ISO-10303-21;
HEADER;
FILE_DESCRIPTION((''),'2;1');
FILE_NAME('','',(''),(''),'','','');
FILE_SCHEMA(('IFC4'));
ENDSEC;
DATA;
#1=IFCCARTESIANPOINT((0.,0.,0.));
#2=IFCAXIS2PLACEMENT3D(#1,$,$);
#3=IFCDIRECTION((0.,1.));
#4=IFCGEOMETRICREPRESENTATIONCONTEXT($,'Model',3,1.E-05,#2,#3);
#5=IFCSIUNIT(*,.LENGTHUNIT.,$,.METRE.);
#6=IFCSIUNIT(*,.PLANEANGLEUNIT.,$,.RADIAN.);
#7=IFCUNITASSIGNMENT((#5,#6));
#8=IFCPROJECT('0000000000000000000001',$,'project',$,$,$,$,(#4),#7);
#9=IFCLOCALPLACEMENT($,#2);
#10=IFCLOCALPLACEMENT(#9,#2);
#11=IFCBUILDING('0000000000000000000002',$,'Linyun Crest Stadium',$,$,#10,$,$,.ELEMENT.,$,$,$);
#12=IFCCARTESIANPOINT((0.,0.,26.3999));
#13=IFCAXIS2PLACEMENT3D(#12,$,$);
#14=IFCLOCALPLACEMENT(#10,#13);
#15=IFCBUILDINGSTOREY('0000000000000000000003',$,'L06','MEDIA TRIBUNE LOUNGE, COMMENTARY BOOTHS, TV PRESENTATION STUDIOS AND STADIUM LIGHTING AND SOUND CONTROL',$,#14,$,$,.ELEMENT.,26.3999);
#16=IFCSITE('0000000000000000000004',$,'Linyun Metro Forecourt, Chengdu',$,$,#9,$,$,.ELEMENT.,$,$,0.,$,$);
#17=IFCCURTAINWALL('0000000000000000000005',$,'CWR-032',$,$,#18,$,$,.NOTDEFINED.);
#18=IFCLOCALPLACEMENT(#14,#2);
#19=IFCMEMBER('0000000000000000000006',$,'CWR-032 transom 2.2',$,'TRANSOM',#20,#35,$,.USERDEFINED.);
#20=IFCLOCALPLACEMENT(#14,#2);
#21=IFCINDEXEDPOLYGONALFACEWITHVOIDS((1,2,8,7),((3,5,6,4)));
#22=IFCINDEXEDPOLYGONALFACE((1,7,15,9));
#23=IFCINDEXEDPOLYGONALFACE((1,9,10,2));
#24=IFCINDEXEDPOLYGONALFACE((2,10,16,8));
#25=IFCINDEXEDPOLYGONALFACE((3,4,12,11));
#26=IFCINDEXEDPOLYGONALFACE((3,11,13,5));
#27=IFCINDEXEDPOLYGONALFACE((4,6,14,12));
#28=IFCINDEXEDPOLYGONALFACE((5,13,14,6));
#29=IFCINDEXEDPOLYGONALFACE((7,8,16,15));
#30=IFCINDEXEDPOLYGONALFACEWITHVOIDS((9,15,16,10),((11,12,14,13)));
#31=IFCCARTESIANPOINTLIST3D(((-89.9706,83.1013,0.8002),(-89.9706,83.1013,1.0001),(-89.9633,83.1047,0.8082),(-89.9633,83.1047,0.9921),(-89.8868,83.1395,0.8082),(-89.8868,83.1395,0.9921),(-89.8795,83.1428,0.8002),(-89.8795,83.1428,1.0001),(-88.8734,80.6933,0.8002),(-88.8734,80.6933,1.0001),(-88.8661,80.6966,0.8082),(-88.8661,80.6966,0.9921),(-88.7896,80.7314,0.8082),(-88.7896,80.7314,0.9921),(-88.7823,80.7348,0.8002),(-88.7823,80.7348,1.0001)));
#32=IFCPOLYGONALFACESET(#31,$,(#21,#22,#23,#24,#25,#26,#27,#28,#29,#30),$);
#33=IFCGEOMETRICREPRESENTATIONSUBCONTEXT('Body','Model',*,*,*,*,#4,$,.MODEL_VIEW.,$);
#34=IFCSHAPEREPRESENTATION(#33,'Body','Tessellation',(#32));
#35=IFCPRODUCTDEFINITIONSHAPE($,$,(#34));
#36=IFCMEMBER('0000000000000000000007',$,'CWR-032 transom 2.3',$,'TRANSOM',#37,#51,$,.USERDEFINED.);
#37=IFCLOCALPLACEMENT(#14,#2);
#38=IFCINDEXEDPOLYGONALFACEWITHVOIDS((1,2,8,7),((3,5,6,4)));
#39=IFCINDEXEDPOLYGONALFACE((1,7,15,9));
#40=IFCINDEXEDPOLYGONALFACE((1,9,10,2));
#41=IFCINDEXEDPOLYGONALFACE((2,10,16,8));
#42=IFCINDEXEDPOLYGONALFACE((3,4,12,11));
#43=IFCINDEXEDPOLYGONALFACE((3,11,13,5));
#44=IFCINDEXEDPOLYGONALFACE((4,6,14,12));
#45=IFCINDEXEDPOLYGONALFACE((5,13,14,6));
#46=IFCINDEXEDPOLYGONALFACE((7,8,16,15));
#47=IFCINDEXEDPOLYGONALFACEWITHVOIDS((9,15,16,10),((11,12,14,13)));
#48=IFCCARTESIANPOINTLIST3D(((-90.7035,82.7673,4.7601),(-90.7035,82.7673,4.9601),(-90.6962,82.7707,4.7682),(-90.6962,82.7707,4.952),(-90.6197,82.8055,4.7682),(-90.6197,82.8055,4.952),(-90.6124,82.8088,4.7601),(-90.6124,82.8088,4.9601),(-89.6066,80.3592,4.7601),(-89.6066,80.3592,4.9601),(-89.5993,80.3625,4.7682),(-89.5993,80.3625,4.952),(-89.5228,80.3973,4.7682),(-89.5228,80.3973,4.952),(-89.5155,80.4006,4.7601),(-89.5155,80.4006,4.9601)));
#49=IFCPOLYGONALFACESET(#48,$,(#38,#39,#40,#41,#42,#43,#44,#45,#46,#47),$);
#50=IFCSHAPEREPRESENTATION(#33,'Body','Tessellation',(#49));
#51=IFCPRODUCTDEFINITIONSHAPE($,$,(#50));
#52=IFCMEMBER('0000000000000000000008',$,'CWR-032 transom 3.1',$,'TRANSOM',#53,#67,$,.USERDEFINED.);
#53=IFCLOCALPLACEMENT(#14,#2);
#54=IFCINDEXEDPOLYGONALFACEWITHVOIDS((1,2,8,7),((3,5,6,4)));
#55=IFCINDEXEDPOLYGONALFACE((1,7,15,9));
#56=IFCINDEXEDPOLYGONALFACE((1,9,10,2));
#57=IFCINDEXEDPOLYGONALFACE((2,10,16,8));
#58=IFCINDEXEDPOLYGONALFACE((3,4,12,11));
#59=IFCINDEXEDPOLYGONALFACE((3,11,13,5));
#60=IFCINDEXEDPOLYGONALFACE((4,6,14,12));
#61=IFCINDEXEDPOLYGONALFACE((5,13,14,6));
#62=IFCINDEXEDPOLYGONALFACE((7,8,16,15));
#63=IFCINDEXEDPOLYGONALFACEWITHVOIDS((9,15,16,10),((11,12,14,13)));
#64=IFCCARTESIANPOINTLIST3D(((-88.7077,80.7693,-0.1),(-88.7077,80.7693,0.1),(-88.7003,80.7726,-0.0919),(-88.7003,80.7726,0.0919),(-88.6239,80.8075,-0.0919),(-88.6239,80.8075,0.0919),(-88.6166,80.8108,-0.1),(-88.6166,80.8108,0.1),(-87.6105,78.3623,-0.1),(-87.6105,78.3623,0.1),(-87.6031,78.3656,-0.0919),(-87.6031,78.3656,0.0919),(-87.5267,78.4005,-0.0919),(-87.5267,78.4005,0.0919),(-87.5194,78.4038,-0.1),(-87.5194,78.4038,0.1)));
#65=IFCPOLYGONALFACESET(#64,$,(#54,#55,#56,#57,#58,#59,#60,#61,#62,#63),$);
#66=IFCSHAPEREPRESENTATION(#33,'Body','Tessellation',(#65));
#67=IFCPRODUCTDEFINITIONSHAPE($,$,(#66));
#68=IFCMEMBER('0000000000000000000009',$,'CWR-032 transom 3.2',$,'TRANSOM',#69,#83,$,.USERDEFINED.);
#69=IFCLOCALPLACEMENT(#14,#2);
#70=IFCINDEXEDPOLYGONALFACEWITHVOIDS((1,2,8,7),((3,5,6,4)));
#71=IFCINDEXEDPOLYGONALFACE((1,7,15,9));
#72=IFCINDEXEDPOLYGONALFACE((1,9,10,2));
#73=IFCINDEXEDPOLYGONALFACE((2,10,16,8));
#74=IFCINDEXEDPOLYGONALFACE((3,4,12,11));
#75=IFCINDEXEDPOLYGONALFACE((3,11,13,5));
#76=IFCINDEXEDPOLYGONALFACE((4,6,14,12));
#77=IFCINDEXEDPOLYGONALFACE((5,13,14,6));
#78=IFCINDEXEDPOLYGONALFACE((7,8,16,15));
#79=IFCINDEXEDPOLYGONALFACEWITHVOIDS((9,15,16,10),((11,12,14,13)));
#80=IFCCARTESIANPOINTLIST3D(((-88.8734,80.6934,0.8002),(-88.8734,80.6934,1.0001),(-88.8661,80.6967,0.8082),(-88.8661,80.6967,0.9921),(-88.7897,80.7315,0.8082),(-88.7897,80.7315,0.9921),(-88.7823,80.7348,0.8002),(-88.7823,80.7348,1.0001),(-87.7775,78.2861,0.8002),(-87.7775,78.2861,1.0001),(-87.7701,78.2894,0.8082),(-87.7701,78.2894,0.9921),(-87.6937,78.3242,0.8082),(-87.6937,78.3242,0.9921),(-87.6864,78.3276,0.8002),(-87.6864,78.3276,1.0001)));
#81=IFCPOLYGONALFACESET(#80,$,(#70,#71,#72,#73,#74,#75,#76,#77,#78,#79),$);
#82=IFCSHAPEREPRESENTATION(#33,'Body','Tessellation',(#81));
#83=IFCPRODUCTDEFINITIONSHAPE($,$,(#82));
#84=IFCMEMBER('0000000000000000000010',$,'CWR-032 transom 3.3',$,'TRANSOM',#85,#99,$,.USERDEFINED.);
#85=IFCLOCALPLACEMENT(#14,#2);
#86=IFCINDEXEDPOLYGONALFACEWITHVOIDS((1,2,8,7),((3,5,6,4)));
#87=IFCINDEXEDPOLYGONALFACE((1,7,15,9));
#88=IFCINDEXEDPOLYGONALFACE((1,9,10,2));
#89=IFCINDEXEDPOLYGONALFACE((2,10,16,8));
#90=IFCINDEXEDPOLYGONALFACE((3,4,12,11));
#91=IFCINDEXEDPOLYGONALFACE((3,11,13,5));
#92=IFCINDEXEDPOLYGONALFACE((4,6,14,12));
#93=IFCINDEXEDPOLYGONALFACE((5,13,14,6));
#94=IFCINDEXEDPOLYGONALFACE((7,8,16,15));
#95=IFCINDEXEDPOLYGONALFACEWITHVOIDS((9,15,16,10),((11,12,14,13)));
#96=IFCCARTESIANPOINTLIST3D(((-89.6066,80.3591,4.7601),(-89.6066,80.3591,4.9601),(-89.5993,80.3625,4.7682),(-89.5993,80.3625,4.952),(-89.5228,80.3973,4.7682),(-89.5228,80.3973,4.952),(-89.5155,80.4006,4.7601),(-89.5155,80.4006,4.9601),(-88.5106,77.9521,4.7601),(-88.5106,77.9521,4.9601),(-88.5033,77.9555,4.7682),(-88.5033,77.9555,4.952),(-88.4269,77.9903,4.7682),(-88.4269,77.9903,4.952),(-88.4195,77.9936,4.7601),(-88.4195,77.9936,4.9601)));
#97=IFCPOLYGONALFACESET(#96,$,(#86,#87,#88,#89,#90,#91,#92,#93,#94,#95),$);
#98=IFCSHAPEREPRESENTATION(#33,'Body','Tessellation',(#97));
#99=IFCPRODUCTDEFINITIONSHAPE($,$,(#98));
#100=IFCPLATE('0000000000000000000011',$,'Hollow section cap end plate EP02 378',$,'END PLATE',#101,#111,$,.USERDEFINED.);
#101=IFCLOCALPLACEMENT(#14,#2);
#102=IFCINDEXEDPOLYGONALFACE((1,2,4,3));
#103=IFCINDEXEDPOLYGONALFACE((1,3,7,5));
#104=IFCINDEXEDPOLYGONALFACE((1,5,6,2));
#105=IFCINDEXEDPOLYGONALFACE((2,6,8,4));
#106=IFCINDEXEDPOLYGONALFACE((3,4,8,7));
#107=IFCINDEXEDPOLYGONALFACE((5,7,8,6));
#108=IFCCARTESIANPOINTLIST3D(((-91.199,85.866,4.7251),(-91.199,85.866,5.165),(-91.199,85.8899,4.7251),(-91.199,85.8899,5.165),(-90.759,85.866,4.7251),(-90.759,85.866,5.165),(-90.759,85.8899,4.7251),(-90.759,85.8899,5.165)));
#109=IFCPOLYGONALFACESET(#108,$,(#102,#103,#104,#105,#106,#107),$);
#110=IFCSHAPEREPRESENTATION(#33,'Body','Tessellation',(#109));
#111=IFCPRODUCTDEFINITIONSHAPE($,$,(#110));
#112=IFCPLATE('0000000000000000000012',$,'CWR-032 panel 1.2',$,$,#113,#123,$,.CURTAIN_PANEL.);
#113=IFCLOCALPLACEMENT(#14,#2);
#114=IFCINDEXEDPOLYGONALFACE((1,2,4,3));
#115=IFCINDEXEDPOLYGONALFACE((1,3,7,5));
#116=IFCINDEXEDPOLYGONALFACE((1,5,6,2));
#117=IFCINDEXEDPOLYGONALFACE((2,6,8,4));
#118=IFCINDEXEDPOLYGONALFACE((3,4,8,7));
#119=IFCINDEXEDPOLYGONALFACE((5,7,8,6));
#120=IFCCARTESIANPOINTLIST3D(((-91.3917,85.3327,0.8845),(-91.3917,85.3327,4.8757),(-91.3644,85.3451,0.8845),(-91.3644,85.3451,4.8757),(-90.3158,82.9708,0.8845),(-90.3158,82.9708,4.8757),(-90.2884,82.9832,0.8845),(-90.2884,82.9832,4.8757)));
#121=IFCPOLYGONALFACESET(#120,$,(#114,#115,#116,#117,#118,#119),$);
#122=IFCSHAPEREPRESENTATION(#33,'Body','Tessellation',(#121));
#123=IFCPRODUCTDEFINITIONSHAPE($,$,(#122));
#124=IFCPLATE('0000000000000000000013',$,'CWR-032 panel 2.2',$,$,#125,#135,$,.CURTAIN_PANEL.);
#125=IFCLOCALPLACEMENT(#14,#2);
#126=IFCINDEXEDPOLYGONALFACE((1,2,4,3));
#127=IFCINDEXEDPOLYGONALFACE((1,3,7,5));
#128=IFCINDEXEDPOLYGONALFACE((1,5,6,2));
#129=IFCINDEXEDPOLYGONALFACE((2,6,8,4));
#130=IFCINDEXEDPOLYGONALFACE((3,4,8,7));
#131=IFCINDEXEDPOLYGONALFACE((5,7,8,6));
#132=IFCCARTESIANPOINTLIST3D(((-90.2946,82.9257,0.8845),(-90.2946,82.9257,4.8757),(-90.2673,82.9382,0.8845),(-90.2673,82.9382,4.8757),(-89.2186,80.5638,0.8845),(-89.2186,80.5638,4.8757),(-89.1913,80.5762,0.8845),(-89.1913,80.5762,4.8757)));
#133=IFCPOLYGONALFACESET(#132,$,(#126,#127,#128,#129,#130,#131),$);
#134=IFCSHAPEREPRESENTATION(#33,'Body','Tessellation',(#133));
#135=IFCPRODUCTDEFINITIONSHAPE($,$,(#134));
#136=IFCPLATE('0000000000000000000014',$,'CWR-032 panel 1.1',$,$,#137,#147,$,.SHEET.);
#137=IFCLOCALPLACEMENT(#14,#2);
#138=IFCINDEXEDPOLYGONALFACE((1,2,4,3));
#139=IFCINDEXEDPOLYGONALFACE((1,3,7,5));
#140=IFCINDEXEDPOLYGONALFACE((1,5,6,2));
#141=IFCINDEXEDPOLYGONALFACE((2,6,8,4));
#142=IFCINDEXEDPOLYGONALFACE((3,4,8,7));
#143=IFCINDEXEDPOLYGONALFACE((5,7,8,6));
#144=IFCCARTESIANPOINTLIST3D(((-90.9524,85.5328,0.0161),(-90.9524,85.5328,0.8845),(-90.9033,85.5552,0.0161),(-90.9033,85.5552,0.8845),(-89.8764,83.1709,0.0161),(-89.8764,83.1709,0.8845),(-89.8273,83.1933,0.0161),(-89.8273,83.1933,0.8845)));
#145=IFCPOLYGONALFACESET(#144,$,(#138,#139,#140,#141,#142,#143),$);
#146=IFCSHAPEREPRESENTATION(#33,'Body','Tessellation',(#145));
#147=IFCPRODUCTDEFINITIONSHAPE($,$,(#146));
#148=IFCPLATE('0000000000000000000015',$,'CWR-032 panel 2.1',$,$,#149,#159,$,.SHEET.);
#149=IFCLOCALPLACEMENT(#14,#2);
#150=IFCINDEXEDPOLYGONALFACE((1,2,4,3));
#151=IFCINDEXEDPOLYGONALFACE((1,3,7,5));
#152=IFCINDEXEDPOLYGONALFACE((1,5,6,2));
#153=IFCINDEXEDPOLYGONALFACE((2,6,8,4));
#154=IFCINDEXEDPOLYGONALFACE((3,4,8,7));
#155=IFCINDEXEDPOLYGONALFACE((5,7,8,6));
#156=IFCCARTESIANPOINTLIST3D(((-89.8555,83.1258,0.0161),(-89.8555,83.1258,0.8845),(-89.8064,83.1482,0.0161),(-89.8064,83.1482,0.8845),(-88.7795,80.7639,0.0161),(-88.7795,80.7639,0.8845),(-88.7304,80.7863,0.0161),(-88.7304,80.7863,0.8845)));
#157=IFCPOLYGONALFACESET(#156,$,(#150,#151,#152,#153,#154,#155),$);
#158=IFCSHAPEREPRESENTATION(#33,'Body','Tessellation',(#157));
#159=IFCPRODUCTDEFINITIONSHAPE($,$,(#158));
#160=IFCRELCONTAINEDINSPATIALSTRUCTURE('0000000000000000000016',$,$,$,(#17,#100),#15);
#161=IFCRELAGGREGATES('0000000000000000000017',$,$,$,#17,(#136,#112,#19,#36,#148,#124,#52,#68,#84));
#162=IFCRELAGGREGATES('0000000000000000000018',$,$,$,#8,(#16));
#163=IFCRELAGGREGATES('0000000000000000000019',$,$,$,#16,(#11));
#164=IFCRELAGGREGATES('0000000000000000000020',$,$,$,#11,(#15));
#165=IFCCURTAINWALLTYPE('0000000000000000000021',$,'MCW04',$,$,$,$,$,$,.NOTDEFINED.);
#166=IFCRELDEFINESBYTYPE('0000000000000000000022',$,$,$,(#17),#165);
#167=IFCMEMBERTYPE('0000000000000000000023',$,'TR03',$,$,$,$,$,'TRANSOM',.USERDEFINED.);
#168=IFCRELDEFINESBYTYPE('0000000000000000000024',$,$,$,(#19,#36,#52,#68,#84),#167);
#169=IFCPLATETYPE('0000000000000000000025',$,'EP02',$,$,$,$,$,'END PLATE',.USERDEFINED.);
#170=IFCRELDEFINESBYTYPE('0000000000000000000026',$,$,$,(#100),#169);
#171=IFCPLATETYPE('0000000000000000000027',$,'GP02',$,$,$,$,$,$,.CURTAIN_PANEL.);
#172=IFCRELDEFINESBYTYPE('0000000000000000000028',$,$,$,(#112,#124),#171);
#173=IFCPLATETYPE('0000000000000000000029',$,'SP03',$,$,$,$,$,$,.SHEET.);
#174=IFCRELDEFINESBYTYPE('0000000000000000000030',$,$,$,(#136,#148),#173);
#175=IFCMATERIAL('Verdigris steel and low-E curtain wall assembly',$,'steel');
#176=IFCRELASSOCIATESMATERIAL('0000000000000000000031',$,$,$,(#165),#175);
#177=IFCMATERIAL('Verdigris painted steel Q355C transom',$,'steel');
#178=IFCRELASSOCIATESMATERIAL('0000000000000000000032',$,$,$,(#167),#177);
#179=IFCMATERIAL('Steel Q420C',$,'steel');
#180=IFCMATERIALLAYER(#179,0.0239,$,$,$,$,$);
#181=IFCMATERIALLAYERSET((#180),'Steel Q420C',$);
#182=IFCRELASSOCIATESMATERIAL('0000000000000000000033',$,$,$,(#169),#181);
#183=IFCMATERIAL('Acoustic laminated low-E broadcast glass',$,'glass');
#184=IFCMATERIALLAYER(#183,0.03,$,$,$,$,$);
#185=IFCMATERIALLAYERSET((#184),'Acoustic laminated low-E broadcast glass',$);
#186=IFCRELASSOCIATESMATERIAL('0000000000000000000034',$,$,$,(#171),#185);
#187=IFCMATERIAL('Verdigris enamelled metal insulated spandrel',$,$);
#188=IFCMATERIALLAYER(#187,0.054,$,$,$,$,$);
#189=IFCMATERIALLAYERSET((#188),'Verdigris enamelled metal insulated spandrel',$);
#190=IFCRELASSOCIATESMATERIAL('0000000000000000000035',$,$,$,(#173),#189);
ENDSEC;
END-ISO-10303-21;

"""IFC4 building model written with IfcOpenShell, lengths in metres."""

from ifc_helpers import new_model, si_unit, direction, frame, origin, origin_2d, place, context, subcontext, project, spatial, rectangle, hollow_rectangle, extrude, material, layer, layer_set, material_profile, profile_set, type_object, element, aggregate, save


model = new_model("IFC4")

# Units and contexts
model_context = context("Model", 3, precision=1e-05, world=origin(), true_north=direction((0.0, 1.0)))
body_context = subcontext(model_context, "Body", "Model", "MODEL_VIEW")
ifc_project = project(units=[si_unit("LENGTHUNIT", "METRE"), si_unit("PLANEANGLEUNIT", "RADIAN")], contexts=[model_context])

# Site, building, storey
site_placement = place(None, origin())
site = spatial("IfcSite", under=ifc_project, at=site_placement, Name="Linyun Metro Forecourt, Chengdu", CompositionType="ELEMENT", RefElevation=0.0)
building_placement = place(site_placement, origin())
building = spatial("IfcBuilding", under=site, at=building_placement, Name="Linyun Crest Stadium", CompositionType="ELEMENT")
storey_placement = place(building_placement, frame((0.0, 0.0, 26.3999)))
storey = spatial("IfcBuildingStorey", under=building, at=storey_placement, Name="L06", Description="MEDIA TRIBUNE LOUNGE, COMMENTARY BOOTHS, TV PRESENTATION STUDIOS AND STADIUM LIGHTING AND SOUND CONTROL", CompositionType="ELEMENT", Elevation=26.3999)

# Shared definitions
ifc_material_1 = material(Name="Verdigris steel and low-E curtain wall assembly", Category="steel")
curtain_wall_type = type_object("IfcCurtainWallType", Name="MCW04", PredefinedType="NOTDEFINED", material=ifc_material_1)

# Curtain wall, members
curtain_wall_1_placement = place(storey_placement, origin())
curtain_wall_1 = element("IfcCurtainWall", 1, at=curtain_wall_1_placement, inside=storey, type_object=curtain_wall_type, Name="CWR-032", PredefinedType="NOTDEFINED")
ifc_material_2 = material(Name="Verdigris painted steel Q355C transom", Category="steel")
ifc_material_profile_1 = material_profile(ifc_material_2, hollow_rectangle(XDim=0.1001, YDim=0.2, WallThickness=0.0081, at=origin_2d()), Name="RHS 200x100x8")
ifc_profile_set_1 = profile_set([ifc_material_profile_1], Name="Verdigris painted steel Q355C transom")
member_type_1 = type_object("IfcMemberType", Name="TR03", ElementType="TRANSOM", PredefinedType="USERDEFINED", material=ifc_profile_set_1)
member_1_placement = place(storey_placement, frame((-89.925, 83.1221, 0.9001), z_axis=(0.41463, -0.90999, 0.0), x_axis=(0.90999, 0.41463, 0.0)))
member_1 = element("IfcMember", 2, at=member_1_placement, type_object=member_type_1, Name="CWR-032 transom 2.2", ObjectType="TRANSOM", PredefinedType="USERDEFINED", context=body_context, shape_type="SweptSolid", body=[
    extrude(hollow_rectangle(XDim=0.1001, YDim=0.2, WallThickness=0.0081, at=origin_2d()), origin(), (0.0, 0.0, 1.0), 2.6462),
])
member_2_placement = place(storey_placement, frame((-90.658, 82.7881, 4.8601), z_axis=(0.414519, -0.910041, 0.0), x_axis=(0.910041, 0.414519, 0.0)))
member_2 = element("IfcMember", 3, at=member_2_placement, type_object=member_type_1, Name="CWR-032 transom 2.3", ObjectType="TRANSOM", PredefinedType="USERDEFINED", context=body_context, shape_type="SweptSolid", body=[
    extrude(hollow_rectangle(XDim=0.1001, YDim=0.2, WallThickness=0.0081, at=origin_2d()), origin(), (0.0, 0.0, 1.0), 2.6462),
])
member_3_placement = place(storey_placement, frame((-88.6621, 80.79, 0.0), z_axis=(0.414769, -0.909927, 0.0), x_axis=(0.909927, 0.414769, 0.0)))
member_3 = element("IfcMember", 4, at=member_3_placement, type_object=member_type_1, Name="CWR-032 transom 3.1", ObjectType="TRANSOM", PredefinedType="USERDEFINED", context=body_context, shape_type="SweptSolid", body=[
    extrude(hollow_rectangle(XDim=0.1001, YDim=0.2, WallThickness=0.0081, at=origin_2d()), origin(), (0.0, 0.0, 1.0), 2.6453),
])
member_4_placement = place(storey_placement, frame((-88.8279, 80.7141, 0.9001), z_axis=(0.414352, -0.910117, 0.0), x_axis=(0.910117, 0.414352, 0.0)))
member_4 = element("IfcMember", 5, at=member_4_placement, type_object=member_type_1, Name="CWR-032 transom 3.2", ObjectType="TRANSOM", PredefinedType="USERDEFINED", context=body_context, shape_type="SweptSolid", body=[
    extrude(hollow_rectangle(XDim=0.1001, YDim=0.2, WallThickness=0.0081, at=origin_2d()), origin(), (0.0, 0.0, 1.0), 2.645),
])
member_5_placement = place(storey_placement, frame((-89.561, 80.3799, 4.8601), z_axis=(0.414387, -0.910101, 0.0), x_axis=(0.910101, 0.414387, 0.0)))
member_5 = element("IfcMember", 6, at=member_5_placement, type_object=member_type_1, Name="CWR-032 transom 3.3", ObjectType="TRANSOM", PredefinedType="USERDEFINED", context=body_context, shape_type="SweptSolid", body=[
    extrude(hollow_rectangle(XDim=0.1001, YDim=0.2, WallThickness=0.0081, at=origin_2d()), origin(), (0.0, 0.0, 1.0), 2.6448),
])

# Plates
ifc_material_3 = material(Name="Steel Q420C", Category="steel")
ifc_layer_1 = layer(ifc_material_3, 0.0239)
ifc_layer_set_1 = layer_set([ifc_layer_1], Name="Steel Q420C")
plate_type_1 = type_object("IfcPlateType", Name="EP02", ElementType="END PLATE", PredefinedType="USERDEFINED", material=ifc_layer_set_1)
plate_1_placement = place(storey_placement, frame((-90.979, 85.8779, 4.7251), z_axis=(0.0, 0.0, 1.0), x_axis=(1.0, 0.0, 0.0)))
element("IfcPlate", 7, at=plate_1_placement, inside=storey, type_object=plate_type_1, Name="Hollow section cap end plate EP02 378", ObjectType="END PLATE", PredefinedType="USERDEFINED", context=body_context, shape_type="SweptSolid", body=[
    extrude(rectangle(XDim=0.4399, YDim=0.0239, at=origin_2d()), origin(), (0.0, 0.0, 1.0), 0.4399),
])
ifc_material_4 = material(Name="Acoustic laminated low-E broadcast glass", Category="glass")
ifc_layer_2 = layer(ifc_material_4, 0.03)
ifc_layer_set_2 = layer_set([ifc_layer_2], Name="Acoustic laminated low-E broadcast glass")
plate_type_2 = type_object("IfcPlateType", Name="GP02", PredefinedType="CURTAIN_PANEL", material=ifc_layer_set_2)
plate_2_placement = place(storey_placement, frame((-90.8401, 84.158, 0.8845), z_axis=(0.0, 0.0, 1.0), x_axis=(0.414566, -0.910019, 0.0)))
plate_2 = element("IfcPlate", 8, at=plate_2_placement, type_object=plate_type_2, Name="CWR-032 panel 1.2", PredefinedType="CURTAIN_PANEL", context=body_context, shape_type="SweptSolid", body=[
    extrude(rectangle(XDim=2.5955, YDim=0.03, at=origin_2d()), origin(), (0.0, 0.0, 1.0), 3.9912),
])
plate_3_placement = place(storey_placement, frame((-89.7429, 81.751, 0.8845), z_axis=(0.0, 0.0, 1.0), x_axis=(0.414566, -0.910019, 0.0)))
plate_3 = element("IfcPlate", 9, at=plate_3_placement, type_object=plate_type_2, Name="CWR-032 panel 2.2", PredefinedType="CURTAIN_PANEL", context=body_context, shape_type="SweptSolid", body=[
    extrude(rectangle(XDim=2.5955, YDim=0.03, at=origin_2d()), origin(), (0.0, 0.0, 1.0), 3.9912),
])
ifc_material_5 = material(Name="Verdigris enamelled metal insulated spandrel")
ifc_layer_3 = layer(ifc_material_5, 0.054)
ifc_layer_set_3 = layer_set([ifc_layer_3], Name="Verdigris enamelled metal insulated spandrel")
plate_type_3 = type_object("IfcPlateType", Name="SP03", PredefinedType="SHEET", material=ifc_layer_set_3)
plate_4_placement = place(storey_placement, frame((-90.3899, 84.363, 0.0161), z_axis=(0.0, 0.0, 1.0), x_axis=(0.414566, -0.910019, 0.0)))
plate_4 = element("IfcPlate", 10, at=plate_4_placement, type_object=plate_type_3, Name="CWR-032 panel 1.1", PredefinedType="SHEET", context=body_context, shape_type="SweptSolid", body=[
    extrude(rectangle(XDim=2.5955, YDim=0.054, at=origin_2d()), origin(), (0.0, 0.0, 1.0), 0.8684),
])
plate_5_placement = place(storey_placement, frame((-89.293, 81.9561, 0.0161), z_axis=(0.0, 0.0, 1.0), x_axis=(0.414566, -0.910019, 0.0)))
plate_5 = element("IfcPlate", 11, at=plate_5_placement, type_object=plate_type_3, Name="CWR-032 panel 2.1", PredefinedType="SHEET", context=body_context, shape_type="SweptSolid", body=[
    extrude(rectangle(XDim=2.5955, YDim=0.054, at=origin_2d()), origin(), (0.0, 0.0, 1.0), 0.8684),
])
aggregate(curtain_wall_1, [plate_4, plate_2, member_1, member_2, plate_5, plate_3, member_3, member_4, member_5])

save(model, "model.ifc")
